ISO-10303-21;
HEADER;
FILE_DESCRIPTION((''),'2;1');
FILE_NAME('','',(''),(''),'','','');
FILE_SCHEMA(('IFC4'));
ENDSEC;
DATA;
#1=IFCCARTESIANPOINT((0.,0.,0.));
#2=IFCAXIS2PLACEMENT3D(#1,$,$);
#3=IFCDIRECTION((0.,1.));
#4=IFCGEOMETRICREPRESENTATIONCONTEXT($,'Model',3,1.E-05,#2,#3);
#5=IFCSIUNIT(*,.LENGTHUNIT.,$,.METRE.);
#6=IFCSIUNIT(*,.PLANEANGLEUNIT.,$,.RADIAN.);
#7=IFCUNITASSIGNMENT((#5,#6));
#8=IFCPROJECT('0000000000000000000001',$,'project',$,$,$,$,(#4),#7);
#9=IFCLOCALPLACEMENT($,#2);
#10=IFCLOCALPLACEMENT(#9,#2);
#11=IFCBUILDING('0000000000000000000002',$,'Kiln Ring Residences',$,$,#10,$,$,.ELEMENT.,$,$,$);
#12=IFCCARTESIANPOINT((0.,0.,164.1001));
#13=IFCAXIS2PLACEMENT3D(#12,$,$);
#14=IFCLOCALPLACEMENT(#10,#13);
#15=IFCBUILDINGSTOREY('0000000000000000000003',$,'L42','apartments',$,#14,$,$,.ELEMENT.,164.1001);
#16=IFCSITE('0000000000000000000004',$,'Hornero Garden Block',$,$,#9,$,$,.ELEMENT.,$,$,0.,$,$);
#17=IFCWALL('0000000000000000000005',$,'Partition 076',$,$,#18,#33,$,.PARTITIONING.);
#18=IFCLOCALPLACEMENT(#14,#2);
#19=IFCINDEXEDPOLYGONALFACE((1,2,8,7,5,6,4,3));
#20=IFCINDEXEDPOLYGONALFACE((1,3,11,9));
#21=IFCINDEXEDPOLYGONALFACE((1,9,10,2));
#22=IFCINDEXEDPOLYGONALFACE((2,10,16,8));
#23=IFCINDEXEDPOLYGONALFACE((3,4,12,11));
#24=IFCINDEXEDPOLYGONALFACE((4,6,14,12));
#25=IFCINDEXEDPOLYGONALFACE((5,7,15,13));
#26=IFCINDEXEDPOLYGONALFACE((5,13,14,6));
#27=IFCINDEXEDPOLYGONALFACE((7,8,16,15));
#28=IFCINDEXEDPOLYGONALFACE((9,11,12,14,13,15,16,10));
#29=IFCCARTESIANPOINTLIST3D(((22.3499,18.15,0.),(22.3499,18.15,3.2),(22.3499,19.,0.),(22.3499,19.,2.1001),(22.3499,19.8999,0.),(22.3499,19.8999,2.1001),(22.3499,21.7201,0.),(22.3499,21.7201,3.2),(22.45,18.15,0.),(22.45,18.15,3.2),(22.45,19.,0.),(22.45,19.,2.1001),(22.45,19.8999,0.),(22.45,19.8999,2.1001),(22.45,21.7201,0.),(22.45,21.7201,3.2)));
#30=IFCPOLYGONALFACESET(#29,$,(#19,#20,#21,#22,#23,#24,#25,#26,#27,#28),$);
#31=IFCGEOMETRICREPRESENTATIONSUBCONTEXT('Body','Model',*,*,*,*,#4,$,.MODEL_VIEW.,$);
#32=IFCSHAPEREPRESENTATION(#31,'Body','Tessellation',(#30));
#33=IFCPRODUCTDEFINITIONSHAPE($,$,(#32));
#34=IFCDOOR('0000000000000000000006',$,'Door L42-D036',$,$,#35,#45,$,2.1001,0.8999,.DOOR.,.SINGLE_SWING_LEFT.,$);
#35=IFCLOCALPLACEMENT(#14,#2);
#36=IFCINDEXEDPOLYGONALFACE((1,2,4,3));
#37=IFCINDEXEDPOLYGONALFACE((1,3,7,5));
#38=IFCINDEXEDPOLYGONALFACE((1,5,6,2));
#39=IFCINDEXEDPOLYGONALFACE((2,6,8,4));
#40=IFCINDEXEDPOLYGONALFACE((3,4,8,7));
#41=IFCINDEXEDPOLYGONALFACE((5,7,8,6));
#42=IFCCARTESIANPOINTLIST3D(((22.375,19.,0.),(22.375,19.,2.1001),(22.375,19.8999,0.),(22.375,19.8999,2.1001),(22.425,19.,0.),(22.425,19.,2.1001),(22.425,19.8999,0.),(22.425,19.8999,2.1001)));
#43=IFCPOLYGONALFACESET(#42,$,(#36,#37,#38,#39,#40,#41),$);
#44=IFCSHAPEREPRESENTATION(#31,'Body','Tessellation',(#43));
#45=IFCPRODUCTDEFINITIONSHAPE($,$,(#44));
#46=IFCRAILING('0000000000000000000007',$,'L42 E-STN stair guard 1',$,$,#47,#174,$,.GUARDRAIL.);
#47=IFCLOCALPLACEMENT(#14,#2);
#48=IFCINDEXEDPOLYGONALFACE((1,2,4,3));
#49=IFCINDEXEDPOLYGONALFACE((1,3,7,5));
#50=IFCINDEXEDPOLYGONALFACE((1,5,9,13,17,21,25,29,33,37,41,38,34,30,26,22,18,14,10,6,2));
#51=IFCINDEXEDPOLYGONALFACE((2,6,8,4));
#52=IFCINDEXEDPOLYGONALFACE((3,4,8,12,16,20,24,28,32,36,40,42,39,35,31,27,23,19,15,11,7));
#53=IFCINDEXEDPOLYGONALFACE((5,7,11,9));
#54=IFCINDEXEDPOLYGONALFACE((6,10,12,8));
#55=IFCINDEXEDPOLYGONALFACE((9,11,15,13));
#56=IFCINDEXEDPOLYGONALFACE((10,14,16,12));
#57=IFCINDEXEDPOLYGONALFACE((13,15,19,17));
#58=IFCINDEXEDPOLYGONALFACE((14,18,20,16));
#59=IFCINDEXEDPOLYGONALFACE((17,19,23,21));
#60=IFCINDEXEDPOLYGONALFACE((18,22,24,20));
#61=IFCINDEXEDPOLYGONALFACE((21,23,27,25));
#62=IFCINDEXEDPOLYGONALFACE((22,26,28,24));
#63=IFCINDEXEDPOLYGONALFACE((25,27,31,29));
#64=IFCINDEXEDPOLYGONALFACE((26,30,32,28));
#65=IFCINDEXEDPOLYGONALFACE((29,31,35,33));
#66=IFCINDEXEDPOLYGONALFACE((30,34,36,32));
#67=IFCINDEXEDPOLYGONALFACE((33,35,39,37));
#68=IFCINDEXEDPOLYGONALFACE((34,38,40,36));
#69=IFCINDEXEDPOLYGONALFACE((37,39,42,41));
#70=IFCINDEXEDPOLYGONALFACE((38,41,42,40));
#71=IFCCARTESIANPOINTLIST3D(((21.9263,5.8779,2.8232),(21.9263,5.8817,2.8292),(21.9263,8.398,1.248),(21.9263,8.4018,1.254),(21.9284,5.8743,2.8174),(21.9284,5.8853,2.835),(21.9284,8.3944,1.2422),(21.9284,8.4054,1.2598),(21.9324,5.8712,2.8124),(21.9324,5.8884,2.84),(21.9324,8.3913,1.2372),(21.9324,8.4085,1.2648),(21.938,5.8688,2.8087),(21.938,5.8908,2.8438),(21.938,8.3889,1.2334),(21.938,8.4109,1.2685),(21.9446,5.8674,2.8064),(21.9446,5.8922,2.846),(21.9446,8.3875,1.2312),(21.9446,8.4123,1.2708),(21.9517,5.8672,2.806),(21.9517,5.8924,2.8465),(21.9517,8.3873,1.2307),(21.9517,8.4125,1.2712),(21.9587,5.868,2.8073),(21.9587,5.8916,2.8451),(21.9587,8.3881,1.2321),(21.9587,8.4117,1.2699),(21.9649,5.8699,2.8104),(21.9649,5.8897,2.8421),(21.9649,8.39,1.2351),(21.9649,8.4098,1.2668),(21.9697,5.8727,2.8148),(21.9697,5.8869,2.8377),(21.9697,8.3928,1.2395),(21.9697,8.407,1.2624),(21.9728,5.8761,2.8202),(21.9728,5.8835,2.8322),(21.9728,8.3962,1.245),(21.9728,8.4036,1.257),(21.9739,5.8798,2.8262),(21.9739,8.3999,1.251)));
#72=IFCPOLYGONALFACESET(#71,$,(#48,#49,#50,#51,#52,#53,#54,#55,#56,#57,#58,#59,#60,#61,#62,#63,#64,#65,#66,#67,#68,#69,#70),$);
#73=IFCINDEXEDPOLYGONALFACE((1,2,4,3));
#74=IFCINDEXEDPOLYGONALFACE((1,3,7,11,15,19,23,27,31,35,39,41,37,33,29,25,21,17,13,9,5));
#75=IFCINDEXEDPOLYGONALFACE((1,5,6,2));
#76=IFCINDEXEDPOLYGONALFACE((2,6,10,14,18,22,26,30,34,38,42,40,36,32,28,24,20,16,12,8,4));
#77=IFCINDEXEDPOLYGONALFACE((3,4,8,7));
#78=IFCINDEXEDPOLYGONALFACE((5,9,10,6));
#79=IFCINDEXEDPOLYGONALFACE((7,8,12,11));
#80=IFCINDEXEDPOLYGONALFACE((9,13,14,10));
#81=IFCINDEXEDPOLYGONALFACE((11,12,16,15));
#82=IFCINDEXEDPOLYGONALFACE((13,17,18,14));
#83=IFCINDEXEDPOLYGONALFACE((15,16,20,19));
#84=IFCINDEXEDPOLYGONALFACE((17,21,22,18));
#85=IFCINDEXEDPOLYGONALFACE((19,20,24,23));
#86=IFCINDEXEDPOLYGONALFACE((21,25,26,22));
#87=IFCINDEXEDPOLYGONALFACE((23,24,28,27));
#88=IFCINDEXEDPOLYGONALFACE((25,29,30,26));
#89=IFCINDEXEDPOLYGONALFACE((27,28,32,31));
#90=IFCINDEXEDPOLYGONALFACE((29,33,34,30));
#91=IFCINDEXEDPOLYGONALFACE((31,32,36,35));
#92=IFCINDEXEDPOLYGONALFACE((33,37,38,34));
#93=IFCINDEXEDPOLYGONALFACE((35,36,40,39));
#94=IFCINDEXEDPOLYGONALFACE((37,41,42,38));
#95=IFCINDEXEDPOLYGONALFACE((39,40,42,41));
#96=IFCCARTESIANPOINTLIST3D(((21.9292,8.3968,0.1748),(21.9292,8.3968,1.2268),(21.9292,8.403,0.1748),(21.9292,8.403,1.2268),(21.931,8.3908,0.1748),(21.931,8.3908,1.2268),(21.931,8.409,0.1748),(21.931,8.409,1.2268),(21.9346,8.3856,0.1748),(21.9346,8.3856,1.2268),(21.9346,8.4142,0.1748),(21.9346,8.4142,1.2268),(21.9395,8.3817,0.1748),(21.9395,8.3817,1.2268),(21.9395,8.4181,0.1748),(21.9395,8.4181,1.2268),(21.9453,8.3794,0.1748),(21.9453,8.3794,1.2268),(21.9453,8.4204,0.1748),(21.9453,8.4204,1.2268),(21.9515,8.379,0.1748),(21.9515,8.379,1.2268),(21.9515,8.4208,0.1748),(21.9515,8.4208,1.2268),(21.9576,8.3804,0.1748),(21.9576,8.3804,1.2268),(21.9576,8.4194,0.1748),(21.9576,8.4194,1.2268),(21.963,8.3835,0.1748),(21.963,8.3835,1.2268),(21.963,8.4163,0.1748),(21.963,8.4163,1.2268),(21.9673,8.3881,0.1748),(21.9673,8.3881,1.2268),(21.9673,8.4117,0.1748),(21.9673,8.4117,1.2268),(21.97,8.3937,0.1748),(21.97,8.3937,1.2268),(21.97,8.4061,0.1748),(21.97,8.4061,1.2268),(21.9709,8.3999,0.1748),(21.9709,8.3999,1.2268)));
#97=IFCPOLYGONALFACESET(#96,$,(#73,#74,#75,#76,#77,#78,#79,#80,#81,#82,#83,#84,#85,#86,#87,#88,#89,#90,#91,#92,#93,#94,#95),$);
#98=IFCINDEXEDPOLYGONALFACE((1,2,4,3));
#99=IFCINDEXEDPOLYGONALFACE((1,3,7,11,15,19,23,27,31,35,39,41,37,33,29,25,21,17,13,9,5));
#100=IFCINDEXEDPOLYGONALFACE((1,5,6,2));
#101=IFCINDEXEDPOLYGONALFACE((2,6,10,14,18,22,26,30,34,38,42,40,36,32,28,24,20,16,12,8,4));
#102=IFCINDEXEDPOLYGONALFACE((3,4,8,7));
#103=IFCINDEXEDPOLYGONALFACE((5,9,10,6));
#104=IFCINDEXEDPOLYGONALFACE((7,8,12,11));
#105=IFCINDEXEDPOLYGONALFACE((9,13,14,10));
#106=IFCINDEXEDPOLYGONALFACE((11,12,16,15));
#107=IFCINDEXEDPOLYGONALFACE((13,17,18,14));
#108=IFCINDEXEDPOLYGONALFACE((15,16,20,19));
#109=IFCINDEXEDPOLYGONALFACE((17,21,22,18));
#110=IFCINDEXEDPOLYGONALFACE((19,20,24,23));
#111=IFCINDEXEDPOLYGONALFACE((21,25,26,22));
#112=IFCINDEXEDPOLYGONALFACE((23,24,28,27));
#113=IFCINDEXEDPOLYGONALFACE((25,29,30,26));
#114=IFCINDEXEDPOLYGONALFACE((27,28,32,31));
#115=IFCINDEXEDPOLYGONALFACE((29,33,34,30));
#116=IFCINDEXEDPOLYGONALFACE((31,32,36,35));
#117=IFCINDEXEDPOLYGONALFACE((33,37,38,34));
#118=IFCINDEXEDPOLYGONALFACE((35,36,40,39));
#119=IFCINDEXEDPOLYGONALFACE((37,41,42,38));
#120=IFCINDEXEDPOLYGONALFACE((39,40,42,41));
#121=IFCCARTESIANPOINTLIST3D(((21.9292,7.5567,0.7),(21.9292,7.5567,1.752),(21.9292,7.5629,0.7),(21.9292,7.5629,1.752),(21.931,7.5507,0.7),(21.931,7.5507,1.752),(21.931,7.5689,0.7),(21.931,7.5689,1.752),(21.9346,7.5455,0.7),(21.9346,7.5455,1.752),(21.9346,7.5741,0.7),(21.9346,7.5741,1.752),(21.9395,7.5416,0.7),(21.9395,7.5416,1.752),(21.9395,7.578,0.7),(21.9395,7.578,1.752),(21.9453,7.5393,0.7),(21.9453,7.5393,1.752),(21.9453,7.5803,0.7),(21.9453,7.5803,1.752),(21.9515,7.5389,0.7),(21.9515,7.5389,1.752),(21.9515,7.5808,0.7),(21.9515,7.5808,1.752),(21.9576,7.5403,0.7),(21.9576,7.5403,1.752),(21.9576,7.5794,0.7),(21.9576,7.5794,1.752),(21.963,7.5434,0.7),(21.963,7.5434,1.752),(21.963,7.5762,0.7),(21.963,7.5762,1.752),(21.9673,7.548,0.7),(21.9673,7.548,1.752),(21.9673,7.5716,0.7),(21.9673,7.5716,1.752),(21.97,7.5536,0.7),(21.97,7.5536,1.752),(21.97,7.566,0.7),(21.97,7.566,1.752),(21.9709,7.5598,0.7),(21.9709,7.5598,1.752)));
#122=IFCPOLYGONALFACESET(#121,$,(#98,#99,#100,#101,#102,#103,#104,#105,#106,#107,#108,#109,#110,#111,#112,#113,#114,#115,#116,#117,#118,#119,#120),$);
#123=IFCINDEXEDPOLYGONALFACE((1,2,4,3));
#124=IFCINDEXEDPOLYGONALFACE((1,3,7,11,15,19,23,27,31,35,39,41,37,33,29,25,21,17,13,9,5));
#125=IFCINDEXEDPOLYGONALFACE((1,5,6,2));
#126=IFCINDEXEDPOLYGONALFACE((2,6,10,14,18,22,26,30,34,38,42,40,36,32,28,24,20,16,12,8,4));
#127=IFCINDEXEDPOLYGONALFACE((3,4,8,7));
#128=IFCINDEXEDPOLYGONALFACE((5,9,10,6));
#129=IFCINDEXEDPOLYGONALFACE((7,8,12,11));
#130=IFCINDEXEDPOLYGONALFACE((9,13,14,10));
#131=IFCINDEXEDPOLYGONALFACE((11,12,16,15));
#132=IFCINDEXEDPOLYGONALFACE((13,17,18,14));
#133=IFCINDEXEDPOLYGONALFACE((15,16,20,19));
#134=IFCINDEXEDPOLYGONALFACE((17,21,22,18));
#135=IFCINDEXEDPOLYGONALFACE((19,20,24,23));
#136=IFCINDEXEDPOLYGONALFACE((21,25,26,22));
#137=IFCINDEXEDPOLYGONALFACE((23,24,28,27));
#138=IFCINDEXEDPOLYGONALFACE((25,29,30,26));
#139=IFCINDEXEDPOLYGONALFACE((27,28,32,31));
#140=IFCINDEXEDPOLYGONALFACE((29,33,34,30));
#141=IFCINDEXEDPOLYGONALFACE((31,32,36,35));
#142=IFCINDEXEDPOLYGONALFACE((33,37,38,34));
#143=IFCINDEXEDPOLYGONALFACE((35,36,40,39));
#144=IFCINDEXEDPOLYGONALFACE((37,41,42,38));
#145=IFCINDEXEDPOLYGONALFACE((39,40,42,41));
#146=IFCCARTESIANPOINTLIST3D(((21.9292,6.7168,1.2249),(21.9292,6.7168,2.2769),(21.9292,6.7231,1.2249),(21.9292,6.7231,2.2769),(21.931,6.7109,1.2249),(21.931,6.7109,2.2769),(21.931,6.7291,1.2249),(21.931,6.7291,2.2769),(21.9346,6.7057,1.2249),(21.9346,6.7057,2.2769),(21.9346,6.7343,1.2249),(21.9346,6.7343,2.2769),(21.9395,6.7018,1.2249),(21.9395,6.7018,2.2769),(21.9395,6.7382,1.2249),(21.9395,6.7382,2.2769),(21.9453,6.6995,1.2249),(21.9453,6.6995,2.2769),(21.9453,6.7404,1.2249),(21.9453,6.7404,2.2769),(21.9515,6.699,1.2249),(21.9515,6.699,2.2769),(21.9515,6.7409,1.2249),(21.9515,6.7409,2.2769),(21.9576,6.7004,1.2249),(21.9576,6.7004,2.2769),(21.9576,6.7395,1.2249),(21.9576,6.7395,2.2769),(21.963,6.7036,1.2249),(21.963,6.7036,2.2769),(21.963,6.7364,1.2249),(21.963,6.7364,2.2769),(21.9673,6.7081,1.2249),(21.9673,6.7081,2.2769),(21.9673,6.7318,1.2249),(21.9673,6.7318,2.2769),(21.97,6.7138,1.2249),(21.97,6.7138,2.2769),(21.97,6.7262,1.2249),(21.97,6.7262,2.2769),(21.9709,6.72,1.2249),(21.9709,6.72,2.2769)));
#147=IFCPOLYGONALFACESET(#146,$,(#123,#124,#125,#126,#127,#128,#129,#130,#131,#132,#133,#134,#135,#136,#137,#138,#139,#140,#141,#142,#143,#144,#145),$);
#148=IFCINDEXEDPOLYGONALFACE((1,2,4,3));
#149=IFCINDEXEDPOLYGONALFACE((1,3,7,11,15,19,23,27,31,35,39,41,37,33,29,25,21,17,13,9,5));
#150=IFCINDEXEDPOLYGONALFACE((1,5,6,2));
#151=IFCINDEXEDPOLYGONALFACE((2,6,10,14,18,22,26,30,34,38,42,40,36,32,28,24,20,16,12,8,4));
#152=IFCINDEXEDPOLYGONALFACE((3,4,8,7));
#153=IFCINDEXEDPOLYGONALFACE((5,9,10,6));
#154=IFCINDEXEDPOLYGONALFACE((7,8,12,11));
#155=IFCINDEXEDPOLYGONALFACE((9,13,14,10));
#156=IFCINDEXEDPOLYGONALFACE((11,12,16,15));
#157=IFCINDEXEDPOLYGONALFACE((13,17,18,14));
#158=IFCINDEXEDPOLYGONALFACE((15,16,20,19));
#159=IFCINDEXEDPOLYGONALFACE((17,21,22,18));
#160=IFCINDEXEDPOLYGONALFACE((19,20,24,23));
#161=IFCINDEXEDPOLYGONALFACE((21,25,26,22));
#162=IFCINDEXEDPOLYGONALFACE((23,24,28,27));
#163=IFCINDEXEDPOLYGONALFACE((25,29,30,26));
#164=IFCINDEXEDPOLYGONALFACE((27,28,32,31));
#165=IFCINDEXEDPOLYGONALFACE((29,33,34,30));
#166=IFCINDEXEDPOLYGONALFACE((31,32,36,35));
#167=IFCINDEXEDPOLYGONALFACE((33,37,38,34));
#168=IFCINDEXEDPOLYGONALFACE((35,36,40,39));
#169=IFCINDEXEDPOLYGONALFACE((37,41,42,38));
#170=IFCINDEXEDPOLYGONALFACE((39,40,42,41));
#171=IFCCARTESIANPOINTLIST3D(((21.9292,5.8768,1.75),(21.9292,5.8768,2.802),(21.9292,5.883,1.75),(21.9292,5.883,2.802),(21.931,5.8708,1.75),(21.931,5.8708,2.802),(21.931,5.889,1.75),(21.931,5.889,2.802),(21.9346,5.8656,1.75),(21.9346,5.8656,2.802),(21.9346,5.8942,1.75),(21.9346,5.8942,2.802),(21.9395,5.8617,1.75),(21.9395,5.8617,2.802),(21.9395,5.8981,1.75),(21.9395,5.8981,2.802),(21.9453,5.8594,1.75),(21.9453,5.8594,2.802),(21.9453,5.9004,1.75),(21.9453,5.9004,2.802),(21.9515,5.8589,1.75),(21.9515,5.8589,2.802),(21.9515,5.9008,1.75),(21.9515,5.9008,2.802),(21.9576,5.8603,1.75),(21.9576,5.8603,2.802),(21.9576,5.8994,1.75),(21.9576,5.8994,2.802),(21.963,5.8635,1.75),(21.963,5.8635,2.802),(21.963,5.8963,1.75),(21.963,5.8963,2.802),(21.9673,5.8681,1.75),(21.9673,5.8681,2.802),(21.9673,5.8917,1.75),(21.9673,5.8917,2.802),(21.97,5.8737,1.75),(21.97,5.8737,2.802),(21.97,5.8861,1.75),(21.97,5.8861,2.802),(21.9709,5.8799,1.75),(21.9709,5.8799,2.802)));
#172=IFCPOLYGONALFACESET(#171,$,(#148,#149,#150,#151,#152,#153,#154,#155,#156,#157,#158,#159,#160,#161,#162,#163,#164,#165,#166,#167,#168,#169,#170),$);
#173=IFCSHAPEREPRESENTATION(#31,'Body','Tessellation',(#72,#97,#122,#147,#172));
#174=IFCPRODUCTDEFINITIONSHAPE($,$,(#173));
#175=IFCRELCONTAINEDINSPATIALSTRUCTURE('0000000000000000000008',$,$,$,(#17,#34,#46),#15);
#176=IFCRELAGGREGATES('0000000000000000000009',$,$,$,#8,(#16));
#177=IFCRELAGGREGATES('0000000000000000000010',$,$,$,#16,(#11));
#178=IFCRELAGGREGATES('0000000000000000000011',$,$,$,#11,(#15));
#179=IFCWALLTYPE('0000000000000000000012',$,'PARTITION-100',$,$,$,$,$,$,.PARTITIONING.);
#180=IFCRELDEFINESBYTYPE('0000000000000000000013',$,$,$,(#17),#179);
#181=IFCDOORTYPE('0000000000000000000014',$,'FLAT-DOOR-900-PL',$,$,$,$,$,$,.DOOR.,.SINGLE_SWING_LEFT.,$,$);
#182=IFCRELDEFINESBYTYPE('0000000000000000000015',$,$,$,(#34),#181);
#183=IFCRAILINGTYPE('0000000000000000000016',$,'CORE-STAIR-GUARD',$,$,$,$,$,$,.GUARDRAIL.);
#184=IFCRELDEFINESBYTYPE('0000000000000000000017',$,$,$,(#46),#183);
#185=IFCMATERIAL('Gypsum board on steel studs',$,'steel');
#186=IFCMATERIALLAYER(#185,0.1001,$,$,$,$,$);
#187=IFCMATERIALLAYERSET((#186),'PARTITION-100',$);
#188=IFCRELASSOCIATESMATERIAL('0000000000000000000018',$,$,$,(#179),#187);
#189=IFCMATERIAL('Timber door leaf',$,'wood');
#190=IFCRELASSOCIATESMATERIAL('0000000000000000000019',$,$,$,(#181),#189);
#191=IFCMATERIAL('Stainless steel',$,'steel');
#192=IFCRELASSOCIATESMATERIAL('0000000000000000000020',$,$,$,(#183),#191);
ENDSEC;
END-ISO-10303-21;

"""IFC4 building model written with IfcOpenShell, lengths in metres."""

from ifc_helpers import new_model, si_unit, direction, frame, frame_2d, origin, origin_2d, place, context, subcontext, project, spatial, rectangle, circle, extrude, material, layer, layer_set, type_object, element, fill, save


model = new_model("IFC4")

# Units and contexts
model_context = context("Model", 3, precision=1e-05, world=origin(), true_north=direction((0.0, 1.0)))
body_context = subcontext(model_context, "Body", "Model", "MODEL_VIEW")
ifc_project = project(units=[si_unit("LENGTHUNIT", "METRE"), si_unit("PLANEANGLEUNIT", "RADIAN")], contexts=[model_context])

# Site, building, storey
site_placement = place(None, origin())
site = spatial("IfcSite", under=ifc_project, at=site_placement, Name="Hornero Garden Block", CompositionType="ELEMENT", RefElevation=0.0)
building_placement = place(site_placement, origin())
building = spatial("IfcBuilding", under=site, at=building_placement, Name="Kiln Ring Residences", CompositionType="ELEMENT")
storey_placement = place(building_placement, frame((0.0, 0.0, 164.1001)))
storey = spatial("IfcBuildingStorey", under=building, at=storey_placement, Name="L42", Description="apartments", CompositionType="ELEMENT", Elevation=164.1001)

# Shared definitions
ifc_material_1 = material(Name="Gypsum board on steel studs", Category="steel")
ifc_layer_1 = layer(ifc_material_1, 0.1001)
ifc_layer_set_1 = layer_set([ifc_layer_1], Name="PARTITION-100")
wall_type_1 = type_object("IfcWallType", Name="PARTITION-100", PredefinedType="PARTITIONING", material=ifc_layer_set_1)

# Wall, opening, door
wall_1_placement = place(storey_placement, frame((22.3999, 18.1499, 0.0), z_axis=(0.0, 0.0, 1.0), x_axis=(0.0, 1.0, 0.0)))
wall_1 = element("IfcWall", 1, at=wall_1_placement, inside=storey, type_object=wall_type_1, Name="Partition 076", PredefinedType="PARTITIONING", context=body_context, shape_type="SweptSolid", body=[
    extrude(rectangle(XDim=3.5701, YDim=0.1001, at=frame_2d((1.7852, 0.0))), origin(), (0.0, 0.0, 1.0), 3.2),
])
opening_1_placement = place(wall_1_placement, frame((0.8501, 0.0, 0.0)))
opening_1 = element("IfcOpeningElement", 2, at=opening_1_placement, cuts=wall_1, PredefinedType="OPENING", context=body_context, shape_type="SweptSolid", body=[
    extrude(rectangle(XDim=0.8999, YDim=2.1001, at=frame_2d((0.45, 1.05))), frame((0.0, 0.0601, 0.0), z_axis=(0.0, -1.0, 0.0), x_axis=(1.0, 0.0, 0.0)), (0.0, 0.0, 1.0), 0.1201),
])
ifc_material_2 = material(Name="Timber door leaf", Category="wood")
door_type_1 = type_object("IfcDoorType", Name="FLAT-DOOR-900-PL", OperationType="SINGLE_SWING_LEFT", PredefinedType="DOOR", material=ifc_material_2)
door_1_placement = place(opening_1_placement, origin())
door_1 = element("IfcDoor", 3, at=door_1_placement, inside=storey, type_object=door_type_1, Name="Door L42-D036", OperationType="SINGLE_SWING_LEFT", OverallHeight=2.1001, OverallWidth=0.8999, PredefinedType="DOOR", context=body_context, shape_type="SweptSolid", body=[
    extrude(rectangle(XDim=0.8999, YDim=2.1001, at=frame_2d((0.45, 1.05))), frame((0.0, 0.0249, 0.0), z_axis=(0.0, -1.0, 0.0), x_axis=(1.0, 0.0, 0.0)), (0.0, 0.0, 1.0), 0.05),
])
fill(opening_1, door_1)

# Railing
ifc_material_3 = material(Name="Stainless steel", Category="steel")
railing_type = type_object("IfcRailingType", Name="CORE-STAIR-GUARD", PredefinedType="GUARDRAIL", material=ifc_material_3)
railing_1_placement = place(storey_placement, frame((21.95, 8.3999, 0.1748)))
element("IfcRailing", 4, at=railing_1_placement, inside=storey, type_object=railing_type, Name="L42 E-STN stair guard 1", PredefinedType="GUARDRAIL", context=body_context, shape_type="SweptSolid", body=[
    extrude(circle(Radius=0.0239, at=origin_2d()), frame((0.0, 0.0, 1.0762), z_axis=(0.0, -0.847971, 0.530043), x_axis=(1.0, 0.0, 0.0)), (0.0, 0.0, 1.0), 2.9719),
    extrude(circle(Radius=0.021, at=origin_2d()), origin(), (0.0, 0.0, 1.0), 1.052),
    extrude(circle(Radius=0.021, at=origin_2d()), frame((0.0, -0.8401, 0.5251)), (0.0, 0.0, 1.0), 1.052),
    extrude(circle(Radius=0.021, at=origin_2d()), frame((0.0, -1.6799, 1.05)), (0.0, 0.0, 1.0), 1.052),
    extrude(circle(Radius=0.021, at=origin_2d()), frame((0.0, -2.52, 1.5752)), (0.0, 0.0, 1.0), 1.052),
])

save(model, "model.ifc")
